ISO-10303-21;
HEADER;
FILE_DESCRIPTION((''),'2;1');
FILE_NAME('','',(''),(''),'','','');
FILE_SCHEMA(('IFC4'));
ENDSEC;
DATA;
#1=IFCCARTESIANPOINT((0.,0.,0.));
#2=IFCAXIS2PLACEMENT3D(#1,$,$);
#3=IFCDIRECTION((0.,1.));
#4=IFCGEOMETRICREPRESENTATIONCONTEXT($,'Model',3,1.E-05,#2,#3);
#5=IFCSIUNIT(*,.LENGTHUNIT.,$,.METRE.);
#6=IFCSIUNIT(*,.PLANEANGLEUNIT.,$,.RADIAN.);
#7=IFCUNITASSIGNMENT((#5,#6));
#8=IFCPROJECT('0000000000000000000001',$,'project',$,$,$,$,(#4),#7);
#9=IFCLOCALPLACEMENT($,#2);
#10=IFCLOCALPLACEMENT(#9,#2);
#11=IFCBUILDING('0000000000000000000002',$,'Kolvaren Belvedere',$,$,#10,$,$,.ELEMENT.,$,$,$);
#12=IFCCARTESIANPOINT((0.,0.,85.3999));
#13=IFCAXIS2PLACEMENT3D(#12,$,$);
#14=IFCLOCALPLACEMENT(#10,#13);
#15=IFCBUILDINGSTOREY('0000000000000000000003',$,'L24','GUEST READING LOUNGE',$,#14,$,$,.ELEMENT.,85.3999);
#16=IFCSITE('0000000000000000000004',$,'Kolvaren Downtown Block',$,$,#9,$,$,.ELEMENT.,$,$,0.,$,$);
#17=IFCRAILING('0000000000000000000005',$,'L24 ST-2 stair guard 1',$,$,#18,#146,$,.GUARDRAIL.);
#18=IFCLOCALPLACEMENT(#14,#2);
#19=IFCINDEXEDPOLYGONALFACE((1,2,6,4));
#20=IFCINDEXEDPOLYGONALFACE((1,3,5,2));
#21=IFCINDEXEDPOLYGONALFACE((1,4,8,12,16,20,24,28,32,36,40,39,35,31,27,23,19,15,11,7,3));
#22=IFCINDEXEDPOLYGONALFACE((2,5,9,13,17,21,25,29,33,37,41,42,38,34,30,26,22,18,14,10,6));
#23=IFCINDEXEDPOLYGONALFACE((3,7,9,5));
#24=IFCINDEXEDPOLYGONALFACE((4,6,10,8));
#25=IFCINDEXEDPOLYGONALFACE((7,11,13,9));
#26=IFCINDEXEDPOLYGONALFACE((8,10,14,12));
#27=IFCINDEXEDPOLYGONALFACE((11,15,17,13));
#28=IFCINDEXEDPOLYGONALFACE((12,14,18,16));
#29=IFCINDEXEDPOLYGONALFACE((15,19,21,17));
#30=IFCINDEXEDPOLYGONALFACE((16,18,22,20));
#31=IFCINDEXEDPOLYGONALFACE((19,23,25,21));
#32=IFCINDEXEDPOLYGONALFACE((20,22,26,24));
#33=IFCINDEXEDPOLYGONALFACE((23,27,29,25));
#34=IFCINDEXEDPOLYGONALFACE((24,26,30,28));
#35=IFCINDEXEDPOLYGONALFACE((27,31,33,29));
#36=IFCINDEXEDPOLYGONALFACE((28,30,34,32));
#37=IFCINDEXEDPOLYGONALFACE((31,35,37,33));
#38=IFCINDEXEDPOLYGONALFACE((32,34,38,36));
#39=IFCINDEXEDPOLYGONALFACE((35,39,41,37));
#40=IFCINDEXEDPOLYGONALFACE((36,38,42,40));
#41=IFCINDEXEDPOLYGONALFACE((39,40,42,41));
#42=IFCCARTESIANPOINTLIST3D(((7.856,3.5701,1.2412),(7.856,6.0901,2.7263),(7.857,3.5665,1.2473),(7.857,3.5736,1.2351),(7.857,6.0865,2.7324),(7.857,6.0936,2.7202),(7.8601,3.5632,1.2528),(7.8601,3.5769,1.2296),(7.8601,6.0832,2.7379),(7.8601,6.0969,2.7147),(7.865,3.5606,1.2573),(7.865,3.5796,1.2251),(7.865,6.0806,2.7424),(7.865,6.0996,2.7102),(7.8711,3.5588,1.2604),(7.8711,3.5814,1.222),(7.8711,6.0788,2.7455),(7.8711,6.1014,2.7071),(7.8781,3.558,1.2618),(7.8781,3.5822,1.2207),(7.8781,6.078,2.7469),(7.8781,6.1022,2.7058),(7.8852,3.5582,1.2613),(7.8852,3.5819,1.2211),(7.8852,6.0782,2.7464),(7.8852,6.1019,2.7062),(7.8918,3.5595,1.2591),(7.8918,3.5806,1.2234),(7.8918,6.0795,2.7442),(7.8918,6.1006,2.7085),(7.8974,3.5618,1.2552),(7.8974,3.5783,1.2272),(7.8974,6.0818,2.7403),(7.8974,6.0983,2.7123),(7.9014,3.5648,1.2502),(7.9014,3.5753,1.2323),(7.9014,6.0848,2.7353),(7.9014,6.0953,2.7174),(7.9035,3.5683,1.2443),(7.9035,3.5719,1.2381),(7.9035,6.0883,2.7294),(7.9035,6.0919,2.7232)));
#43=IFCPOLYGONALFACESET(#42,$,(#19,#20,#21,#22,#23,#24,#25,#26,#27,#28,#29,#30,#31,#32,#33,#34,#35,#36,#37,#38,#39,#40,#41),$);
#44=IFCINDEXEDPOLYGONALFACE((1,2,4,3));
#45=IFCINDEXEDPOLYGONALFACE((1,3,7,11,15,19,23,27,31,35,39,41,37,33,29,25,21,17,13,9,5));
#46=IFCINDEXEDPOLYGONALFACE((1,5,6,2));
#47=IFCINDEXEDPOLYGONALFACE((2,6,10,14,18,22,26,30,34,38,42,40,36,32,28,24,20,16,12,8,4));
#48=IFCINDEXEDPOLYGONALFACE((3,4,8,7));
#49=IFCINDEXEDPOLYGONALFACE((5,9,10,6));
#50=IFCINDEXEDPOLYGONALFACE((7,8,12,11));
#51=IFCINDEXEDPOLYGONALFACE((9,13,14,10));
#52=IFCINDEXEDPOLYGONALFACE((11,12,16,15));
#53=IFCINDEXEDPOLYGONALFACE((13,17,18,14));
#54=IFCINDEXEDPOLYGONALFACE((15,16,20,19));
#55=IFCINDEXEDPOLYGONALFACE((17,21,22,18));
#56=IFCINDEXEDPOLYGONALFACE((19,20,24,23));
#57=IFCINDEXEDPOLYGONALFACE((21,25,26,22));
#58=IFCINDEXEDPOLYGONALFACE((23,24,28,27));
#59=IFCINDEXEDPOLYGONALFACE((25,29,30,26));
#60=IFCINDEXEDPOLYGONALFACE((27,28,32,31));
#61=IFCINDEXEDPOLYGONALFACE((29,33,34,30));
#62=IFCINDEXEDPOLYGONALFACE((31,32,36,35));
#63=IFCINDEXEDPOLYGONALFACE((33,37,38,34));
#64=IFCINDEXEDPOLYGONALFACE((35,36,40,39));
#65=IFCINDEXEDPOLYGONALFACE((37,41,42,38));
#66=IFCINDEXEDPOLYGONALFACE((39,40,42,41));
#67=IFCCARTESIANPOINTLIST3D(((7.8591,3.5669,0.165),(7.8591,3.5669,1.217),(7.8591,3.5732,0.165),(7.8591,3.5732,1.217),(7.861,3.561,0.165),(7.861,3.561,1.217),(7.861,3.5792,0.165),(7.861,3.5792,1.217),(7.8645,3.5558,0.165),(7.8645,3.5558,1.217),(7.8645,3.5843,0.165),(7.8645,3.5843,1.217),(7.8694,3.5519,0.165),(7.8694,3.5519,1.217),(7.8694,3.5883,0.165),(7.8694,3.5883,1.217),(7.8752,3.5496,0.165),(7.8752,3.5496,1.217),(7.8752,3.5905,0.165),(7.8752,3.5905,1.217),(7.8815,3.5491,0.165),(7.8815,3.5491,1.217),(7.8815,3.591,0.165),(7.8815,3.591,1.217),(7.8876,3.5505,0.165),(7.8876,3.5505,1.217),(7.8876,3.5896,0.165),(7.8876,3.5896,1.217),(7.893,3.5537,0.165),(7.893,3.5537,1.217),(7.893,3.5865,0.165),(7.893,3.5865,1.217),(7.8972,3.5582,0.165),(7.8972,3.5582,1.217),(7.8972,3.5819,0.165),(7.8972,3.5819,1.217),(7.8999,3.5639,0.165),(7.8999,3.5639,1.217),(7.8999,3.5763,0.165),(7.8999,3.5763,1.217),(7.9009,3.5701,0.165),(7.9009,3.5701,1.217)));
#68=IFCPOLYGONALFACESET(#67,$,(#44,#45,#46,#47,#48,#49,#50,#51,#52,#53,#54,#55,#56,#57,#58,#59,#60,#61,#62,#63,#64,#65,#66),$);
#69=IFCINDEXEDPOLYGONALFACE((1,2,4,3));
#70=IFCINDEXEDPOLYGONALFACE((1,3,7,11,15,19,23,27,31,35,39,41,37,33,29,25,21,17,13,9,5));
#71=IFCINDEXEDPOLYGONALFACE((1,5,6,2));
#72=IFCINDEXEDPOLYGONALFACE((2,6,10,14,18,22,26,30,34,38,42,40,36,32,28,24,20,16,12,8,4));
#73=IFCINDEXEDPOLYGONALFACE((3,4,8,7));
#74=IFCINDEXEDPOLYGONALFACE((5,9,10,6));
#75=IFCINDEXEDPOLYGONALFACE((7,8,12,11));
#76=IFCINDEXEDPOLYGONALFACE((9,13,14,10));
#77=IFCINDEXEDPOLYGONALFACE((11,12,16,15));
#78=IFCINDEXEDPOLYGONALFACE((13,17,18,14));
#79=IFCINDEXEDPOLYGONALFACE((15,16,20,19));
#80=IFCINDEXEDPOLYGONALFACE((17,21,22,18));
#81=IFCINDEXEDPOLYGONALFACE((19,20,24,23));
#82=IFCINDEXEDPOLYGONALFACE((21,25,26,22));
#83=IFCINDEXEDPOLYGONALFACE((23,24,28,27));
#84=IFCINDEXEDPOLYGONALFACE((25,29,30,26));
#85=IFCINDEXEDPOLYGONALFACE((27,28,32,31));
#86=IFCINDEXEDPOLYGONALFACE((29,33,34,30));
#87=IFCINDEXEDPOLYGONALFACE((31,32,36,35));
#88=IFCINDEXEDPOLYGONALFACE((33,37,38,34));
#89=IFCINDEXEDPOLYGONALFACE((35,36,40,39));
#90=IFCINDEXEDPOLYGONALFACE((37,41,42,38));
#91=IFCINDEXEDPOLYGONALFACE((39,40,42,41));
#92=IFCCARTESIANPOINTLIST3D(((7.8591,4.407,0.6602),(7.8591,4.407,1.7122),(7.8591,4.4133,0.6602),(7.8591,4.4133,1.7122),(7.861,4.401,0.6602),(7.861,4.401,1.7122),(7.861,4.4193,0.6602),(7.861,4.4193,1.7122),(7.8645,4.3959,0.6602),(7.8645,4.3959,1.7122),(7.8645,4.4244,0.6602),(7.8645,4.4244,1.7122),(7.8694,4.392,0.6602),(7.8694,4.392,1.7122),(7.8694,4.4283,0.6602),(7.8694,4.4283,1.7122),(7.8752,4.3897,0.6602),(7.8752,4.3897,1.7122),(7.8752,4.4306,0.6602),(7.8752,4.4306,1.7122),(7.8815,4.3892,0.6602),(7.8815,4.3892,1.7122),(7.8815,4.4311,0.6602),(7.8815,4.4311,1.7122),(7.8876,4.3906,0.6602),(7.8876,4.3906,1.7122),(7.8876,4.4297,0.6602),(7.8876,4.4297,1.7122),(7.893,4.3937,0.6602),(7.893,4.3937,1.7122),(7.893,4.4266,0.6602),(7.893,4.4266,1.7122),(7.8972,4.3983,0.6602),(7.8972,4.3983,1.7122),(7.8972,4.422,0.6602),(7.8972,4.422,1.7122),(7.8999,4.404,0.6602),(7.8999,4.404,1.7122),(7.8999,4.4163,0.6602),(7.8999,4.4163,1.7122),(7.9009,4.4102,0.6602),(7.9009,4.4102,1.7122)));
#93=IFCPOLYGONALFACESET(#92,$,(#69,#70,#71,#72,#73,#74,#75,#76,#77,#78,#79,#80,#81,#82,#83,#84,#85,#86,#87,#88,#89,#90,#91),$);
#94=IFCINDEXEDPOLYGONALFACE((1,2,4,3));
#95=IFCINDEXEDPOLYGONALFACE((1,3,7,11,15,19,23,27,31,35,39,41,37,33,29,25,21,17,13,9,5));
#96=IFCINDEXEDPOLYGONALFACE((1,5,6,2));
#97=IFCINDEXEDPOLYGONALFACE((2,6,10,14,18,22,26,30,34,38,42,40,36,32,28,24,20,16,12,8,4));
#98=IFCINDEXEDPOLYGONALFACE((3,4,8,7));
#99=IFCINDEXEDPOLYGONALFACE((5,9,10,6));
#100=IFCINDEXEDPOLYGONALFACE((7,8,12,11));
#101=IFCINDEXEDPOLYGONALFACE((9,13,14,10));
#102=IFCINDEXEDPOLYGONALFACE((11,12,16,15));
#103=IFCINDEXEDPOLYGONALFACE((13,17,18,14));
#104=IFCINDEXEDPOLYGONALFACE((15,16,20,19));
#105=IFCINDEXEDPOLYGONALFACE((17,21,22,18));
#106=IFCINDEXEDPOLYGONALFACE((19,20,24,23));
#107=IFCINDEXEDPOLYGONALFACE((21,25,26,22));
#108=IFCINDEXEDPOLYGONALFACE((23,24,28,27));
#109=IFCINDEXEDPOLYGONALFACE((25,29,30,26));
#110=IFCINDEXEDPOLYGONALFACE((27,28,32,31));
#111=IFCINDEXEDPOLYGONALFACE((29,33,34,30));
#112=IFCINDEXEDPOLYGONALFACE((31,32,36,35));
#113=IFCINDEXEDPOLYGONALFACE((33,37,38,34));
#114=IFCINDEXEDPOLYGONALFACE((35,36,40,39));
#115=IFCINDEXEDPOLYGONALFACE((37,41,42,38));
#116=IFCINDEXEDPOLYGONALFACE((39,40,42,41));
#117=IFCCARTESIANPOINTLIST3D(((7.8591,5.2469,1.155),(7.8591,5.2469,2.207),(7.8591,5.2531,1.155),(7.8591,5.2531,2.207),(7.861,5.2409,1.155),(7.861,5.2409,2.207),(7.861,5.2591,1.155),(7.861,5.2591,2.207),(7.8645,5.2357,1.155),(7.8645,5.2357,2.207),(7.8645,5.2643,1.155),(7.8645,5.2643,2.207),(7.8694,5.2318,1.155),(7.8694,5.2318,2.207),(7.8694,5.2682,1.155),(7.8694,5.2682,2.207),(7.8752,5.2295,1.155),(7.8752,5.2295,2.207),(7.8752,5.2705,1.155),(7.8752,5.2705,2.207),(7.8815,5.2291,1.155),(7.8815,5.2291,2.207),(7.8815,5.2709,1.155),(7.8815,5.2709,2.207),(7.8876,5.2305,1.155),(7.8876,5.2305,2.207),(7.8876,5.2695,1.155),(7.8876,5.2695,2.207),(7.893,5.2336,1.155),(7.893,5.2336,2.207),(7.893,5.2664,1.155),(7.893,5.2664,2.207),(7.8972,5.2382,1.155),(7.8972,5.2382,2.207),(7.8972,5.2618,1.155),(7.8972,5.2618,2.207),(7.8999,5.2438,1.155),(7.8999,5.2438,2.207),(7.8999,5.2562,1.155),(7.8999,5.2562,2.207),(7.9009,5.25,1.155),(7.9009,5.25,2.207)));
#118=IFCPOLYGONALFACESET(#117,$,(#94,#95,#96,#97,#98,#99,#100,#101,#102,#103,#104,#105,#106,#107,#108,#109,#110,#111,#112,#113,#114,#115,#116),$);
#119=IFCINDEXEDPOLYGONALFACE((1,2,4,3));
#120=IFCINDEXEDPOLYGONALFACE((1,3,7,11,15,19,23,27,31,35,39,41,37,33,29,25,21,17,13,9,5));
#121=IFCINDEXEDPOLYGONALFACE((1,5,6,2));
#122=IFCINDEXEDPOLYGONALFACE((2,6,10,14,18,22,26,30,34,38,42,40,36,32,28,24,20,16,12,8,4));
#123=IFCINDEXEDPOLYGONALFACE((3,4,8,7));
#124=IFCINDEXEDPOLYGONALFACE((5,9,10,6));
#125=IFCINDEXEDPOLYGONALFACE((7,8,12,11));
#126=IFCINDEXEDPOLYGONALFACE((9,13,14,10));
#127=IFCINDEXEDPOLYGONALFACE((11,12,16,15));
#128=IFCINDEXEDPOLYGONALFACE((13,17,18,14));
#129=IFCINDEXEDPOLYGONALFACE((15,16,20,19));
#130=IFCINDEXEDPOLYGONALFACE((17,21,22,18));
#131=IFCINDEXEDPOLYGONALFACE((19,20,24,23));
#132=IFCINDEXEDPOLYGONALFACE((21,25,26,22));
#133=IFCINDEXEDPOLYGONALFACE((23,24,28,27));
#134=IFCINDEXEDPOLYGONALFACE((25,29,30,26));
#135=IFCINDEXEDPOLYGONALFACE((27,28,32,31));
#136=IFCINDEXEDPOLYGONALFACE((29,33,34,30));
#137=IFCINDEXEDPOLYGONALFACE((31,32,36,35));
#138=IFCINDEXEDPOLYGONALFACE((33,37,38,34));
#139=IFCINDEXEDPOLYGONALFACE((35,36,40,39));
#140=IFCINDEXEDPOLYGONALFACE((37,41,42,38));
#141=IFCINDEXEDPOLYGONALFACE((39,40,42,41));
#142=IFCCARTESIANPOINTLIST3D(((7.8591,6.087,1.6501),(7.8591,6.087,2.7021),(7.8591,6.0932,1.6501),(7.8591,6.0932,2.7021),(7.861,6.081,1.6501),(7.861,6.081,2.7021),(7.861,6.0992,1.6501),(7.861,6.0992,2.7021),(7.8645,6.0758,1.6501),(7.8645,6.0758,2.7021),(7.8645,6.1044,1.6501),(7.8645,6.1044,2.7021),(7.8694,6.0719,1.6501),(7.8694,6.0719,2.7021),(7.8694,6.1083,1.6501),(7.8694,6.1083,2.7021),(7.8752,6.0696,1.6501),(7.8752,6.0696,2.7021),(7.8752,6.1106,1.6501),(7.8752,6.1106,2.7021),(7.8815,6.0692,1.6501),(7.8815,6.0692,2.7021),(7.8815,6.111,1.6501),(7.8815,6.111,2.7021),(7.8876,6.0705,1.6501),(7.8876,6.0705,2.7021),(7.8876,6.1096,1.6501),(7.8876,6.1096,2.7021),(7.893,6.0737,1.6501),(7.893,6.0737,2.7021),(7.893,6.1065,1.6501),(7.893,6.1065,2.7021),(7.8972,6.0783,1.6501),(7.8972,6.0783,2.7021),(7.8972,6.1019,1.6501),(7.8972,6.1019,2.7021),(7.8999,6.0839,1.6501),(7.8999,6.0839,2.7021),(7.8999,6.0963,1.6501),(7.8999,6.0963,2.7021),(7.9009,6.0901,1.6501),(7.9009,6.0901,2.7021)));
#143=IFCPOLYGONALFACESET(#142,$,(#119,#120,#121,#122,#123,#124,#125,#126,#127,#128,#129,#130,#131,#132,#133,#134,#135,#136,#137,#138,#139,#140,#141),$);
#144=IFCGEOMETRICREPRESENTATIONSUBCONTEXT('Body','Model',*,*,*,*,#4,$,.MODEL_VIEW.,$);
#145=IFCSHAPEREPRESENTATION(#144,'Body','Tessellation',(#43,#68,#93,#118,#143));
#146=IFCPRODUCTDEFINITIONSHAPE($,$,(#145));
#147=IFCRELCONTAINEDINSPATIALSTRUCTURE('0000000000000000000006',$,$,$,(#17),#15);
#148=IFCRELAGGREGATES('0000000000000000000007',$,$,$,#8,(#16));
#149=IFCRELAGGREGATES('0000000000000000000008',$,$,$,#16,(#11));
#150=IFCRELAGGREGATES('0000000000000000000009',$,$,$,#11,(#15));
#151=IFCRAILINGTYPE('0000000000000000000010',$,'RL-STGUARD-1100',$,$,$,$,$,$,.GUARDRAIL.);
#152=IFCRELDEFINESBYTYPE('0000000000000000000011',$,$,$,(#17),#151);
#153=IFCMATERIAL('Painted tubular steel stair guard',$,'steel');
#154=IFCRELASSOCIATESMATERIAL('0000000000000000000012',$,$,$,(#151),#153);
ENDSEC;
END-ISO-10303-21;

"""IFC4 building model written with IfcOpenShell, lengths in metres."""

from ifc_helpers import new_model, si_unit, direction, frame, origin, origin_2d, place, context, subcontext, project, spatial, circle, extrude, material, type_object, element, save


model = new_model("IFC4")

# Units and contexts
model_context = context("Model", 3, precision=1e-05, world=origin(), true_north=direction((0.0, 1.0)))
body_context = subcontext(model_context, "Body", "Model", "MODEL_VIEW")
ifc_project = project(units=[si_unit("LENGTHUNIT", "METRE"), si_unit("PLANEANGLEUNIT", "RADIAN")], contexts=[model_context])

# Site, building, storey
site_placement = place(None, origin())
site = spatial("IfcSite", under=ifc_project, at=site_placement, Name="Kolvaren Downtown Block", CompositionType="ELEMENT", RefElevation=0.0)
building_placement = place(site_placement, origin())
building = spatial("IfcBuilding", under=site, at=building_placement, Name="Kolvaren Belvedere", CompositionType="ELEMENT")
storey_placement = place(building_placement, frame((0.0, 0.0, 85.3999)))
storey = spatial("IfcBuildingStorey", under=building, at=storey_placement, Name="L24", Description="GUEST READING LOUNGE", CompositionType="ELEMENT", Elevation=85.3999)

# Railing
ifc_material_1 = material(Name="Painted tubular steel stair guard", Category="steel")
railing_type_1 = type_object("IfcRailingType", Name="RL-STGUARD-1100", PredefinedType="GUARDRAIL", material=ifc_material_1)
railing_1_placement = place(storey_placement, frame((7.8799, 3.5701, 0.165)))
element("IfcRailing", 1, at=railing_1_placement, inside=storey, type_object=railing_type_1, Name="L24 ST-2 stair guard 1", PredefinedType="GUARDRAIL", context=body_context, shape_type="SweptSolid", body=[
    extrude(circle(Radius=0.0239, at=origin_2d()), frame((0.0, 0.0, 1.0762), z_axis=(0.0, 0.861524, 0.507717), x_axis=(-1.0, 0.0, 0.0)), (0.0, 0.0, 1.0), 2.925),
    extrude(circle(Radius=0.021, at=origin_2d()), origin(), (0.0, 0.0, 1.0), 1.052),
    extrude(circle(Radius=0.021, at=origin_2d()), frame((0.0, 0.8401, 0.4951)), (0.0, 0.0, 1.0), 1.052),
    extrude(circle(Radius=0.021, at=origin_2d()), frame((0.0, 1.6799, 0.99)), (0.0, 0.0, 1.0), 1.052),
    extrude(circle(Radius=0.021, at=origin_2d()), frame((0.0, 2.52, 1.4851)), (0.0, 0.0, 1.0), 1.052),
])

save(model, "model.ifc")
